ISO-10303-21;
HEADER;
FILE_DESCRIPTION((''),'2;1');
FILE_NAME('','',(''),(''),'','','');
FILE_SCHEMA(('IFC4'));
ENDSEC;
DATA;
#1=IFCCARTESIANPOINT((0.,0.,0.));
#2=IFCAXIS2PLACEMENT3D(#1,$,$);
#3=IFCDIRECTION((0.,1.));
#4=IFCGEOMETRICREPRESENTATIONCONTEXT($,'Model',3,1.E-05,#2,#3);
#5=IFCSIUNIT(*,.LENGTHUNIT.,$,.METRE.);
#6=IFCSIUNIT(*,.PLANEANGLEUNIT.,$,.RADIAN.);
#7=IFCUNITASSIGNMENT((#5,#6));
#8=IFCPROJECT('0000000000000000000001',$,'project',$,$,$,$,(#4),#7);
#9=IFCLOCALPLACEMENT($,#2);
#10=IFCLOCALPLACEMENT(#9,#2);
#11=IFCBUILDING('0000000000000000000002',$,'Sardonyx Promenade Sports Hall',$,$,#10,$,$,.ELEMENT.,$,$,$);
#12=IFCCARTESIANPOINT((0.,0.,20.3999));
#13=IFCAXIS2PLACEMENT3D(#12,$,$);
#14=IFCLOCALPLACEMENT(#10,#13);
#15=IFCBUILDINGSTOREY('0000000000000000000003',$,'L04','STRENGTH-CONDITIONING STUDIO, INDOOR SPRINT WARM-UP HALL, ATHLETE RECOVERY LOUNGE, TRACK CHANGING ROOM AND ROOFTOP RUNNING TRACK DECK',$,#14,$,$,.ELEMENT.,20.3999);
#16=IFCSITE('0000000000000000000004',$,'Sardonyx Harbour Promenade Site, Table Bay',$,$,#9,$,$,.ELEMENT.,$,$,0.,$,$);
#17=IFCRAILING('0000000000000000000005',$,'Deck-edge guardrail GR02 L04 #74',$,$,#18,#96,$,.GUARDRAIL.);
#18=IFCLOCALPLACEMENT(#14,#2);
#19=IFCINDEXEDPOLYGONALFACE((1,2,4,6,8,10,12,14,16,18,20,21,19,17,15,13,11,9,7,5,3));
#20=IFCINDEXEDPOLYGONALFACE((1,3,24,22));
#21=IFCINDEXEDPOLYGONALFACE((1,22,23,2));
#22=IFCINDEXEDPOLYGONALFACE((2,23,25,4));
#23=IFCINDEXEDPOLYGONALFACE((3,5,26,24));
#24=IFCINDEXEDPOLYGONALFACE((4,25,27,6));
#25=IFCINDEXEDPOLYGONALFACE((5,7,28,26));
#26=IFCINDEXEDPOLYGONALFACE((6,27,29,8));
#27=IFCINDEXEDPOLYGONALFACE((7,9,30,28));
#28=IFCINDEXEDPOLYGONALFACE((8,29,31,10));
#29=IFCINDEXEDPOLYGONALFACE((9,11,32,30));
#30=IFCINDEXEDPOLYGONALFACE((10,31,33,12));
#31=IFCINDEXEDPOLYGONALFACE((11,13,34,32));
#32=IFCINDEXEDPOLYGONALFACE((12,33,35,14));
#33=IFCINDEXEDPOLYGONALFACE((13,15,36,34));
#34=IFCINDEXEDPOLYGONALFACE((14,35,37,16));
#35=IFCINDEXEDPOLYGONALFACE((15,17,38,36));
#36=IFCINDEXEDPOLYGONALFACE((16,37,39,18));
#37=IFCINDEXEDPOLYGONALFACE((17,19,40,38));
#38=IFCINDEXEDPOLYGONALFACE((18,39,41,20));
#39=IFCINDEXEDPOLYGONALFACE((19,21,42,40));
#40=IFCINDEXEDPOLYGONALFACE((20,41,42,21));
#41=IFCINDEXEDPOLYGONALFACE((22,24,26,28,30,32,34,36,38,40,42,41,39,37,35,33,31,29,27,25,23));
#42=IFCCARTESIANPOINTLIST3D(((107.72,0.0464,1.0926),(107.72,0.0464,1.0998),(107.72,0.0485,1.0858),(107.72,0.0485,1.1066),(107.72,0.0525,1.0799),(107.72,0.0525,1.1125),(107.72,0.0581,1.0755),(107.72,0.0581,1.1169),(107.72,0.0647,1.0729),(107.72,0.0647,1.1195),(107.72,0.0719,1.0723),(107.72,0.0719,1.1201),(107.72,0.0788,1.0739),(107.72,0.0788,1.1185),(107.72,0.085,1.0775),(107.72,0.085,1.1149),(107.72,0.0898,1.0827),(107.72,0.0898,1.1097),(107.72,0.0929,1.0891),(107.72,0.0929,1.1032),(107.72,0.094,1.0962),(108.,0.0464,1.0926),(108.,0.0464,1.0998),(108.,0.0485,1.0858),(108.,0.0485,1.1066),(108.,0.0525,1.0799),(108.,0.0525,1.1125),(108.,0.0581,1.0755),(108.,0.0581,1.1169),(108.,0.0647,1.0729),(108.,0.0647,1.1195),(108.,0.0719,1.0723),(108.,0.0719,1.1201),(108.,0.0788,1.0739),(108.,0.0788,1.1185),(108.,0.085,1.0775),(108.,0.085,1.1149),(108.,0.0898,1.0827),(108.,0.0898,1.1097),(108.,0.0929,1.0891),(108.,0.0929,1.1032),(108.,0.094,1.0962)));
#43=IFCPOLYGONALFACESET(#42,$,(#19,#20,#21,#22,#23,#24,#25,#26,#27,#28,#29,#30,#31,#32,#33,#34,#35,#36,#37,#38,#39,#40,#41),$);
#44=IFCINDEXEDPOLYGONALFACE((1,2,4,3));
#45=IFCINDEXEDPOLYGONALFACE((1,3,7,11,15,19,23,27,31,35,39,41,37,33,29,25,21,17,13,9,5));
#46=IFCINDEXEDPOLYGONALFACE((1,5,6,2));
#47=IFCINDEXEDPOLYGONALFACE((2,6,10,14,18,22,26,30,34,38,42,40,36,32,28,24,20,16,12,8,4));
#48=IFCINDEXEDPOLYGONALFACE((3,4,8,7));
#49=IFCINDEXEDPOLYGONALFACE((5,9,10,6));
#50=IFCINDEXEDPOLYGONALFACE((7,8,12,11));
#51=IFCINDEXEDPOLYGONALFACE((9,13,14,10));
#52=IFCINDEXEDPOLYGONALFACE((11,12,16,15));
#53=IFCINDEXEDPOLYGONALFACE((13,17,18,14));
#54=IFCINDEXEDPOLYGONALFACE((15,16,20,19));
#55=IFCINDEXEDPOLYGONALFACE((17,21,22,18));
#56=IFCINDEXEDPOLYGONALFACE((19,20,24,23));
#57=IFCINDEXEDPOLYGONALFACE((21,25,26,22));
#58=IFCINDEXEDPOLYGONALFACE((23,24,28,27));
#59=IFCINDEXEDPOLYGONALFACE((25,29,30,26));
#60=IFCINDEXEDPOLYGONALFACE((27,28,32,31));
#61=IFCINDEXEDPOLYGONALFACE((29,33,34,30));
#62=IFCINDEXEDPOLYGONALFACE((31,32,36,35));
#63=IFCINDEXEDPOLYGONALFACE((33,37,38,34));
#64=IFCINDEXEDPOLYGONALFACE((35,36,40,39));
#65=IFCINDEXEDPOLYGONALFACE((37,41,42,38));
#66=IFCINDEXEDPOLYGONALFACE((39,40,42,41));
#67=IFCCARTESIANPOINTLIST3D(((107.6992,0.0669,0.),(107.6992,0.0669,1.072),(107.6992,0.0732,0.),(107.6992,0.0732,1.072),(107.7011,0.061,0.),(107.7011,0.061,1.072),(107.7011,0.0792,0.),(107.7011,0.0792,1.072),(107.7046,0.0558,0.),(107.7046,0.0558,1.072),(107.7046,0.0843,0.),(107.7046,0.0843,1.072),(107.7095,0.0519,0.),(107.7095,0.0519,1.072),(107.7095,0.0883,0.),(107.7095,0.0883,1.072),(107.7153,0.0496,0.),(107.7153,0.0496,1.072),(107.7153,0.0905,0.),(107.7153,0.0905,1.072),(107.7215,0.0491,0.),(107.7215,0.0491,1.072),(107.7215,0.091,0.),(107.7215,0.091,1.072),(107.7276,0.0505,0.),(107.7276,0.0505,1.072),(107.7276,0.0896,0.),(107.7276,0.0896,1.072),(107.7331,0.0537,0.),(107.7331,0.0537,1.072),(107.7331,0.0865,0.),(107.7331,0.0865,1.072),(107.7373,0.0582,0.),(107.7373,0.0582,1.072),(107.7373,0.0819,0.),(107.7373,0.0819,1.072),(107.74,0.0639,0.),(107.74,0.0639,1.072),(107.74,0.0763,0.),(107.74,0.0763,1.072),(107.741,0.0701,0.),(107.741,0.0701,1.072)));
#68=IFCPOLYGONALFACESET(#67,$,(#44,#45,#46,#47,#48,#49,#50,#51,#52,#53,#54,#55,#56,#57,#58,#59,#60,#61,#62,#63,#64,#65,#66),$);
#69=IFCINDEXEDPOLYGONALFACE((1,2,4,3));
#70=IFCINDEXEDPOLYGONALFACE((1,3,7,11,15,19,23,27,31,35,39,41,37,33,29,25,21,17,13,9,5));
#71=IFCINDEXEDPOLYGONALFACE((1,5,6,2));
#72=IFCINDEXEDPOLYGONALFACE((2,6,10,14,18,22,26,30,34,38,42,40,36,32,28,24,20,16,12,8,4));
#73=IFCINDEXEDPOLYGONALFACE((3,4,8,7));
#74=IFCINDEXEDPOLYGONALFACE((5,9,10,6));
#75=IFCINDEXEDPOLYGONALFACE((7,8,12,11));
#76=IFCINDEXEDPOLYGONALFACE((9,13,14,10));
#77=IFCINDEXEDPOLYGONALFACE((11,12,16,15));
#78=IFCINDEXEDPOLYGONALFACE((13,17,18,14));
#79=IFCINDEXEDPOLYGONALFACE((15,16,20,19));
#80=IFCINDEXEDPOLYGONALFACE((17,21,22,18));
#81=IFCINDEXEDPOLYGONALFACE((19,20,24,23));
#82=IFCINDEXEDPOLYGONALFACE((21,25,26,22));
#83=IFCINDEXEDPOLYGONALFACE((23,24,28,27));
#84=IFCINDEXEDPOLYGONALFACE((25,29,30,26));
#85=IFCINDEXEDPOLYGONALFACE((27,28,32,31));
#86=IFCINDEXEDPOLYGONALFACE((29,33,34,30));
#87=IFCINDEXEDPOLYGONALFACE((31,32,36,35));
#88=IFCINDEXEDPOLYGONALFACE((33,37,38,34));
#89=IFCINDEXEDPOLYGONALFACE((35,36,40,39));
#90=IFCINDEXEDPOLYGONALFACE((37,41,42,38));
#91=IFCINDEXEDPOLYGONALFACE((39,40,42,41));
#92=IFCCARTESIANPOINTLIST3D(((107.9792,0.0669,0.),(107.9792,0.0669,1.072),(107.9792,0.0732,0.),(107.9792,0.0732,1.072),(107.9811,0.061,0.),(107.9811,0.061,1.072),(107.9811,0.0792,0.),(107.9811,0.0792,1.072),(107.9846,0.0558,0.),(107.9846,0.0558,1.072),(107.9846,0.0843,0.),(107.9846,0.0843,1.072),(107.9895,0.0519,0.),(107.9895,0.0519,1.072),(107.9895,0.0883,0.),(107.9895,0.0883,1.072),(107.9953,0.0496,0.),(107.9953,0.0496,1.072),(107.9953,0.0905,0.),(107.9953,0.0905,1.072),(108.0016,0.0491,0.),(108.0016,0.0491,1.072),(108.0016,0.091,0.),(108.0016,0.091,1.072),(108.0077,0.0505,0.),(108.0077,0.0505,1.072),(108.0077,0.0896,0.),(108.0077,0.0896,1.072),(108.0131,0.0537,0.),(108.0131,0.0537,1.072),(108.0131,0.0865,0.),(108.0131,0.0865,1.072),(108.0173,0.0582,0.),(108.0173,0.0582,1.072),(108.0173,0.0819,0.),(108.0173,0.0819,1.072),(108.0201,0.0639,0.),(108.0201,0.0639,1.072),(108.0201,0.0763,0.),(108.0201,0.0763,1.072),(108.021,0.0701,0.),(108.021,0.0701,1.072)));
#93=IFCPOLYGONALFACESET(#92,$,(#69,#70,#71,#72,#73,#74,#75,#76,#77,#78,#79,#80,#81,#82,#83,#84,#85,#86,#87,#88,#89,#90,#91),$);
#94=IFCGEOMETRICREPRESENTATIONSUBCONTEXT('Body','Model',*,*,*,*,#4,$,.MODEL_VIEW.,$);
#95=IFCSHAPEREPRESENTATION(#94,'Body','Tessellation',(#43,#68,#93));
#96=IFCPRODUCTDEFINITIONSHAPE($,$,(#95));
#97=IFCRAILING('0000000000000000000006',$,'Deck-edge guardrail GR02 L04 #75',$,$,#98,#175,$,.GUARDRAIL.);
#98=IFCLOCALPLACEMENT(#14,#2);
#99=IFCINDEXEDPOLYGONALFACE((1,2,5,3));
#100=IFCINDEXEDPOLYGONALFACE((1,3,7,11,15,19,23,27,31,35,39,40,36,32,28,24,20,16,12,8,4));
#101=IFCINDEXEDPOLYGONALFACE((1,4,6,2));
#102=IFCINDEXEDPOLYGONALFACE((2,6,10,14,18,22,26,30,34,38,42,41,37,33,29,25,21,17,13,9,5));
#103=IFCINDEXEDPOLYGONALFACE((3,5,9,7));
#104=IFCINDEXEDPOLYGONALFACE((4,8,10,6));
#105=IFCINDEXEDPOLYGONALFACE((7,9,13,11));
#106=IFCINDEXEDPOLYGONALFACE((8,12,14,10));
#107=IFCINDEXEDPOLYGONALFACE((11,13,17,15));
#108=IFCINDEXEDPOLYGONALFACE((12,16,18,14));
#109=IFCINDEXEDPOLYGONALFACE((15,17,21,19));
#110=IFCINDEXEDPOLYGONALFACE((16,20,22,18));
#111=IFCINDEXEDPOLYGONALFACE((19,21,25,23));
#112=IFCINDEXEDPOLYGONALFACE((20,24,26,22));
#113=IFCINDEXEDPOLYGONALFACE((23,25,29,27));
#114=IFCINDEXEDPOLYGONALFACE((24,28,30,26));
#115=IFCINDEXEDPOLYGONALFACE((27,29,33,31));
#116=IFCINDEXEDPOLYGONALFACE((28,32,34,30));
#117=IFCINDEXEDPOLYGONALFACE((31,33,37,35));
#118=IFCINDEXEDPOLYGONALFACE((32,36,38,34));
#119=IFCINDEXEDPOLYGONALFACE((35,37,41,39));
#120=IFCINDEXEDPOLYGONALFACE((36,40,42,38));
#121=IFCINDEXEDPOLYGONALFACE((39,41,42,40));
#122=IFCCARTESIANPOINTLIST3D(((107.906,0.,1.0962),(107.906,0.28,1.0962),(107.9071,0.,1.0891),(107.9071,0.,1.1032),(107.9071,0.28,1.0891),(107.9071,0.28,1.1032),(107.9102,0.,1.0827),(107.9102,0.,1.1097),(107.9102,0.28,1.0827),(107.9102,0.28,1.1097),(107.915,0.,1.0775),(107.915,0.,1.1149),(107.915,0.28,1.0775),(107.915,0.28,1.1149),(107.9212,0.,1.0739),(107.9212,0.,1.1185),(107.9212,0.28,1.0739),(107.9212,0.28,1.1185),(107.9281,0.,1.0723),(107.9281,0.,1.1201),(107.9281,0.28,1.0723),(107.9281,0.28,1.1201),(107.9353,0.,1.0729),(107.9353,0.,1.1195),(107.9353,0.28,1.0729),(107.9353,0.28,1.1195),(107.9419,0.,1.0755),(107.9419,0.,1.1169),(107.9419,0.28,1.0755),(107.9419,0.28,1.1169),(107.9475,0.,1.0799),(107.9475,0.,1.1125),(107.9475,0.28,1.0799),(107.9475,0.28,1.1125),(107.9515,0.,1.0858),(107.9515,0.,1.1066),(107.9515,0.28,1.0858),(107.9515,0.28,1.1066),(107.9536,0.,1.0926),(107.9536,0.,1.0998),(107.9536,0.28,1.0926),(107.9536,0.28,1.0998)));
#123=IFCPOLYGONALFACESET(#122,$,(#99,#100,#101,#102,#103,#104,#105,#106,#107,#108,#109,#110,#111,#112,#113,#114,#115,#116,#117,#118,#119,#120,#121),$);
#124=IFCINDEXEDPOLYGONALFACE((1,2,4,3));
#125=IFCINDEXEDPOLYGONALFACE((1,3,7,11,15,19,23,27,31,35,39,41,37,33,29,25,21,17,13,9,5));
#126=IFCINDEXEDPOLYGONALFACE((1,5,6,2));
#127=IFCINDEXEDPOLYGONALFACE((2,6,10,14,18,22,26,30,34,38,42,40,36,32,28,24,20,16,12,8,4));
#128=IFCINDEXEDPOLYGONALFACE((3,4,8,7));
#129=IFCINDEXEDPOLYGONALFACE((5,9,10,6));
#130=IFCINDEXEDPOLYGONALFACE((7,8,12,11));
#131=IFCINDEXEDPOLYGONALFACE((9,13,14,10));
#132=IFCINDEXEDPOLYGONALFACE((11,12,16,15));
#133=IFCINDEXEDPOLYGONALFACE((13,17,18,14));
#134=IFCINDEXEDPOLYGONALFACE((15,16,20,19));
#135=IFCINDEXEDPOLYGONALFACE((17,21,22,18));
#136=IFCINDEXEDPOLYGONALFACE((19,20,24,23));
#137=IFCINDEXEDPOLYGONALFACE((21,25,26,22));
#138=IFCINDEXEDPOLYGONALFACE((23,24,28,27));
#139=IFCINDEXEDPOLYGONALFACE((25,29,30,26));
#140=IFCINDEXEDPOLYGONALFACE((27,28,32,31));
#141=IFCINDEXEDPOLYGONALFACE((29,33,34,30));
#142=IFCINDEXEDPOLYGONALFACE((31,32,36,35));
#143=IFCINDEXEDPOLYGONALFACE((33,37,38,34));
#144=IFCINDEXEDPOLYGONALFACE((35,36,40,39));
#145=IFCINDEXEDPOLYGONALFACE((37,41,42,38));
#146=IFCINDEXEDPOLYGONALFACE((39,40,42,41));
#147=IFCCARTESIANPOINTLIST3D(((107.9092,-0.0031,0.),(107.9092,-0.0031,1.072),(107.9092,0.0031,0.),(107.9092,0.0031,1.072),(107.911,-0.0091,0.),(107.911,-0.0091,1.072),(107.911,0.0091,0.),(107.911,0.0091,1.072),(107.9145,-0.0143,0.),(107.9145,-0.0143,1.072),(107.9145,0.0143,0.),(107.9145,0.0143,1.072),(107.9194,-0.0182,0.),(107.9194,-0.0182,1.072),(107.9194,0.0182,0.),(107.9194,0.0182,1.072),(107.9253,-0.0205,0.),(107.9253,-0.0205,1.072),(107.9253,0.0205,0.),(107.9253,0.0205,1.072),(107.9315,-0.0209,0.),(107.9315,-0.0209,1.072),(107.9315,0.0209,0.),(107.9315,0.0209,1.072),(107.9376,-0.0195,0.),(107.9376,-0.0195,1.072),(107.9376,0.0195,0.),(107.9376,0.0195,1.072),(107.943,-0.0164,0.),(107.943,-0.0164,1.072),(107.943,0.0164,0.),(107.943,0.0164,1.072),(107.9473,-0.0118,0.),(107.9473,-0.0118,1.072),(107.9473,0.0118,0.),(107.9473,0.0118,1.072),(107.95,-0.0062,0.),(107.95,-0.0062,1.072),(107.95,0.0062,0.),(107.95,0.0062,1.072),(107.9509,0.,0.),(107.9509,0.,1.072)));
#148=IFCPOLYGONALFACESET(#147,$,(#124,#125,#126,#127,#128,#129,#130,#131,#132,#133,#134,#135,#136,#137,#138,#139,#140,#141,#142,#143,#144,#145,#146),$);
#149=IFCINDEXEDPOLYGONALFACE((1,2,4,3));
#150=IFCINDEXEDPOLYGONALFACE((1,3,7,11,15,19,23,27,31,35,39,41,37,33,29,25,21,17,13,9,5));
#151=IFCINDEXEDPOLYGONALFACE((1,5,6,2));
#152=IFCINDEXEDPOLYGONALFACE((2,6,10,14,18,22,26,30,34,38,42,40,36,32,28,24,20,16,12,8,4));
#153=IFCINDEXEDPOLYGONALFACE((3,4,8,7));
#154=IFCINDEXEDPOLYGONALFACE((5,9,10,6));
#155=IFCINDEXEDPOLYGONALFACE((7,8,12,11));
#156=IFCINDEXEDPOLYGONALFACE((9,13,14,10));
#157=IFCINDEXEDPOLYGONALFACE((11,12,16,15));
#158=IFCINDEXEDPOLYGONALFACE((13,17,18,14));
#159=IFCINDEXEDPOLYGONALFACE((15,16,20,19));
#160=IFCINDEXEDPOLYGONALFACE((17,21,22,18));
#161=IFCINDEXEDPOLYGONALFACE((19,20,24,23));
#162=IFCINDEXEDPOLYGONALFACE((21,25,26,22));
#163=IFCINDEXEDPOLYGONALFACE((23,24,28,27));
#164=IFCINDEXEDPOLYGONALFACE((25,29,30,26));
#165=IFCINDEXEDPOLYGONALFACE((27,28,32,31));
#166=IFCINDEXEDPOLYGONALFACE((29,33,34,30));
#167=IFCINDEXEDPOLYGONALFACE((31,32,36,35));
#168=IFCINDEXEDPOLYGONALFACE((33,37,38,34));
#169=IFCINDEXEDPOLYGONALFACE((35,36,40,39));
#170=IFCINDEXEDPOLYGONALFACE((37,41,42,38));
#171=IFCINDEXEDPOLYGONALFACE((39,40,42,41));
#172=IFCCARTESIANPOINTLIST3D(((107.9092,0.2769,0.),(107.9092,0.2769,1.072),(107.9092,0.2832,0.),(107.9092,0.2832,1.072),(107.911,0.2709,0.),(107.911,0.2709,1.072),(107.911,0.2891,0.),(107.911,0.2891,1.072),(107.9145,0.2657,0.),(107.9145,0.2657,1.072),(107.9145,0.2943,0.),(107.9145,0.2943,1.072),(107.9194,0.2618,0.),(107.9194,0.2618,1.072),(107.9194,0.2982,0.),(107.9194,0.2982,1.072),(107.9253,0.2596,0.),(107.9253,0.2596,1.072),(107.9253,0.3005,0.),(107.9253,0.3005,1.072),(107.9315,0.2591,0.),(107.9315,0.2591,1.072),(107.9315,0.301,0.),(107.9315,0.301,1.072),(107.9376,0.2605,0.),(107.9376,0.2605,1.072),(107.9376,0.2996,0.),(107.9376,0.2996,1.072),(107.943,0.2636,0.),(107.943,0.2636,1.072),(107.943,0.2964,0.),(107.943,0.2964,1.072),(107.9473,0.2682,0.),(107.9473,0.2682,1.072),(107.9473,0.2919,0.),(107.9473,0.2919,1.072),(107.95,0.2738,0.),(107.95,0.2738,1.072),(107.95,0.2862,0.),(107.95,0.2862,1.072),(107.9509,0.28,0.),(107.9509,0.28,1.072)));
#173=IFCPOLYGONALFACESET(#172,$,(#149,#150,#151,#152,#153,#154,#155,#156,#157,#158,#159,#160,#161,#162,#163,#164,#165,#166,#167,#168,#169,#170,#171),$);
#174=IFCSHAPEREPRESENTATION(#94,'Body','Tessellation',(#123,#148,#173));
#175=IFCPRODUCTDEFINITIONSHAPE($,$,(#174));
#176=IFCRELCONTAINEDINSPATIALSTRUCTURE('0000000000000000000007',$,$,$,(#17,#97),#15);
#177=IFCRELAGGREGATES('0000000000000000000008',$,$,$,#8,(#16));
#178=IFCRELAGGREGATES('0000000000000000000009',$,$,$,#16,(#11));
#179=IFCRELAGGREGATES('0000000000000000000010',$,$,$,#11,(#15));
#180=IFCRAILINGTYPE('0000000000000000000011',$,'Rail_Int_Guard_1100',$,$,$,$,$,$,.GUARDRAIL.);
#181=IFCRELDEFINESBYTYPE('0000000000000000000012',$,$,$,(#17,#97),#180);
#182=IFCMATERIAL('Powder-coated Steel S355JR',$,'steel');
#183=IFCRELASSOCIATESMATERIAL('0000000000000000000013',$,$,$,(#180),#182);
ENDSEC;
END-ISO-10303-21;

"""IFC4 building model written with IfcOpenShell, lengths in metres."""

from ifc_helpers import new_model, si_unit, direction, frame, origin, origin_2d, place, context, subcontext, project, spatial, circle, extrude, material, type_object, element, save


model = new_model("IFC4")

# Units and contexts
model_context = context("Model", 3, precision=1e-05, world=origin(), true_north=direction((0.0, 1.0)))
body_context = subcontext(model_context, "Body", "Model", "MODEL_VIEW")
ifc_project = project(units=[si_unit("LENGTHUNIT", "METRE"), si_unit("PLANEANGLEUNIT", "RADIAN")], contexts=[model_context])

# Site, building, storey
site_placement = place(None, origin())
site = spatial("IfcSite", under=ifc_project, at=site_placement, Name="Sardonyx Harbour Promenade Site, Table Bay", CompositionType="ELEMENT", RefElevation=0.0)
building_placement = place(site_placement, origin())
building = spatial("IfcBuilding", under=site, at=building_placement, Name="Sardonyx Promenade Sports Hall", CompositionType="ELEMENT")
storey_placement = place(building_placement, frame((0.0, 0.0, 20.3999)))
storey = spatial("IfcBuildingStorey", under=building, at=storey_placement, Name="L04", Description="STRENGTH-CONDITIONING STUDIO, INDOOR SPRINT WARM-UP HALL, ATHLETE RECOVERY LOUNGE, TRACK CHANGING ROOM AND ROOFTOP RUNNING TRACK DECK", CompositionType="ELEMENT", Elevation=20.3999)

# Railings
ifc_material_1 = material(Name="Powder-coated Steel S355JR", Category="steel")
railing_type = type_object("IfcRailingType", Name="Rail_Int_Guard_1100", PredefinedType="GUARDRAIL", material=ifc_material_1)
railing_1_placement = place(storey_placement, frame((107.72, 0.0701, 0.0)))
element("IfcRailing", 1, at=railing_1_placement, inside=storey, type_object=railing_type, Name="Deck-edge guardrail GR02 L04 #74", PredefinedType="GUARDRAIL", context=body_context, shape_type="SweptSolid", body=[
    extrude(circle(Radius=0.0239, at=origin_2d()), frame((0.0, 0.0, 1.0962), z_axis=(1.0, 0.0, 0.0), x_axis=(0.0, 1.0, 0.0)), (0.0, 0.0, 1.0), 0.28),
    extrude(circle(Radius=0.021, at=origin_2d()), origin(), (0.0, 0.0, 1.0), 1.072),
    extrude(circle(Radius=0.021, at=origin_2d()), frame((0.28, 0.0, 0.0)), (0.0, 0.0, 1.0), 1.072),
])
railing_2_placement = place(storey_placement, frame((107.9299, 0.0, 0.0)))
element("IfcRailing", 2, at=railing_2_placement, inside=storey, type_object=railing_type, Name="Deck-edge guardrail GR02 L04 #75", PredefinedType="GUARDRAIL", context=body_context, shape_type="SweptSolid", body=[
    extrude(circle(Radius=0.0239, at=origin_2d()), frame((0.0, 0.0, 1.0962), z_axis=(0.0, 1.0, 0.0), x_axis=(-1.0, 0.0, 0.0)), (0.0, 0.0, 1.0), 0.28),
    extrude(circle(Radius=0.021, at=origin_2d()), origin(), (0.0, 0.0, 1.0), 1.072),
    extrude(circle(Radius=0.021, at=origin_2d()), frame((0.0, 0.28, 0.0)), (0.0, 0.0, 1.0), 1.072),
])

save(model, "model.ifc")
